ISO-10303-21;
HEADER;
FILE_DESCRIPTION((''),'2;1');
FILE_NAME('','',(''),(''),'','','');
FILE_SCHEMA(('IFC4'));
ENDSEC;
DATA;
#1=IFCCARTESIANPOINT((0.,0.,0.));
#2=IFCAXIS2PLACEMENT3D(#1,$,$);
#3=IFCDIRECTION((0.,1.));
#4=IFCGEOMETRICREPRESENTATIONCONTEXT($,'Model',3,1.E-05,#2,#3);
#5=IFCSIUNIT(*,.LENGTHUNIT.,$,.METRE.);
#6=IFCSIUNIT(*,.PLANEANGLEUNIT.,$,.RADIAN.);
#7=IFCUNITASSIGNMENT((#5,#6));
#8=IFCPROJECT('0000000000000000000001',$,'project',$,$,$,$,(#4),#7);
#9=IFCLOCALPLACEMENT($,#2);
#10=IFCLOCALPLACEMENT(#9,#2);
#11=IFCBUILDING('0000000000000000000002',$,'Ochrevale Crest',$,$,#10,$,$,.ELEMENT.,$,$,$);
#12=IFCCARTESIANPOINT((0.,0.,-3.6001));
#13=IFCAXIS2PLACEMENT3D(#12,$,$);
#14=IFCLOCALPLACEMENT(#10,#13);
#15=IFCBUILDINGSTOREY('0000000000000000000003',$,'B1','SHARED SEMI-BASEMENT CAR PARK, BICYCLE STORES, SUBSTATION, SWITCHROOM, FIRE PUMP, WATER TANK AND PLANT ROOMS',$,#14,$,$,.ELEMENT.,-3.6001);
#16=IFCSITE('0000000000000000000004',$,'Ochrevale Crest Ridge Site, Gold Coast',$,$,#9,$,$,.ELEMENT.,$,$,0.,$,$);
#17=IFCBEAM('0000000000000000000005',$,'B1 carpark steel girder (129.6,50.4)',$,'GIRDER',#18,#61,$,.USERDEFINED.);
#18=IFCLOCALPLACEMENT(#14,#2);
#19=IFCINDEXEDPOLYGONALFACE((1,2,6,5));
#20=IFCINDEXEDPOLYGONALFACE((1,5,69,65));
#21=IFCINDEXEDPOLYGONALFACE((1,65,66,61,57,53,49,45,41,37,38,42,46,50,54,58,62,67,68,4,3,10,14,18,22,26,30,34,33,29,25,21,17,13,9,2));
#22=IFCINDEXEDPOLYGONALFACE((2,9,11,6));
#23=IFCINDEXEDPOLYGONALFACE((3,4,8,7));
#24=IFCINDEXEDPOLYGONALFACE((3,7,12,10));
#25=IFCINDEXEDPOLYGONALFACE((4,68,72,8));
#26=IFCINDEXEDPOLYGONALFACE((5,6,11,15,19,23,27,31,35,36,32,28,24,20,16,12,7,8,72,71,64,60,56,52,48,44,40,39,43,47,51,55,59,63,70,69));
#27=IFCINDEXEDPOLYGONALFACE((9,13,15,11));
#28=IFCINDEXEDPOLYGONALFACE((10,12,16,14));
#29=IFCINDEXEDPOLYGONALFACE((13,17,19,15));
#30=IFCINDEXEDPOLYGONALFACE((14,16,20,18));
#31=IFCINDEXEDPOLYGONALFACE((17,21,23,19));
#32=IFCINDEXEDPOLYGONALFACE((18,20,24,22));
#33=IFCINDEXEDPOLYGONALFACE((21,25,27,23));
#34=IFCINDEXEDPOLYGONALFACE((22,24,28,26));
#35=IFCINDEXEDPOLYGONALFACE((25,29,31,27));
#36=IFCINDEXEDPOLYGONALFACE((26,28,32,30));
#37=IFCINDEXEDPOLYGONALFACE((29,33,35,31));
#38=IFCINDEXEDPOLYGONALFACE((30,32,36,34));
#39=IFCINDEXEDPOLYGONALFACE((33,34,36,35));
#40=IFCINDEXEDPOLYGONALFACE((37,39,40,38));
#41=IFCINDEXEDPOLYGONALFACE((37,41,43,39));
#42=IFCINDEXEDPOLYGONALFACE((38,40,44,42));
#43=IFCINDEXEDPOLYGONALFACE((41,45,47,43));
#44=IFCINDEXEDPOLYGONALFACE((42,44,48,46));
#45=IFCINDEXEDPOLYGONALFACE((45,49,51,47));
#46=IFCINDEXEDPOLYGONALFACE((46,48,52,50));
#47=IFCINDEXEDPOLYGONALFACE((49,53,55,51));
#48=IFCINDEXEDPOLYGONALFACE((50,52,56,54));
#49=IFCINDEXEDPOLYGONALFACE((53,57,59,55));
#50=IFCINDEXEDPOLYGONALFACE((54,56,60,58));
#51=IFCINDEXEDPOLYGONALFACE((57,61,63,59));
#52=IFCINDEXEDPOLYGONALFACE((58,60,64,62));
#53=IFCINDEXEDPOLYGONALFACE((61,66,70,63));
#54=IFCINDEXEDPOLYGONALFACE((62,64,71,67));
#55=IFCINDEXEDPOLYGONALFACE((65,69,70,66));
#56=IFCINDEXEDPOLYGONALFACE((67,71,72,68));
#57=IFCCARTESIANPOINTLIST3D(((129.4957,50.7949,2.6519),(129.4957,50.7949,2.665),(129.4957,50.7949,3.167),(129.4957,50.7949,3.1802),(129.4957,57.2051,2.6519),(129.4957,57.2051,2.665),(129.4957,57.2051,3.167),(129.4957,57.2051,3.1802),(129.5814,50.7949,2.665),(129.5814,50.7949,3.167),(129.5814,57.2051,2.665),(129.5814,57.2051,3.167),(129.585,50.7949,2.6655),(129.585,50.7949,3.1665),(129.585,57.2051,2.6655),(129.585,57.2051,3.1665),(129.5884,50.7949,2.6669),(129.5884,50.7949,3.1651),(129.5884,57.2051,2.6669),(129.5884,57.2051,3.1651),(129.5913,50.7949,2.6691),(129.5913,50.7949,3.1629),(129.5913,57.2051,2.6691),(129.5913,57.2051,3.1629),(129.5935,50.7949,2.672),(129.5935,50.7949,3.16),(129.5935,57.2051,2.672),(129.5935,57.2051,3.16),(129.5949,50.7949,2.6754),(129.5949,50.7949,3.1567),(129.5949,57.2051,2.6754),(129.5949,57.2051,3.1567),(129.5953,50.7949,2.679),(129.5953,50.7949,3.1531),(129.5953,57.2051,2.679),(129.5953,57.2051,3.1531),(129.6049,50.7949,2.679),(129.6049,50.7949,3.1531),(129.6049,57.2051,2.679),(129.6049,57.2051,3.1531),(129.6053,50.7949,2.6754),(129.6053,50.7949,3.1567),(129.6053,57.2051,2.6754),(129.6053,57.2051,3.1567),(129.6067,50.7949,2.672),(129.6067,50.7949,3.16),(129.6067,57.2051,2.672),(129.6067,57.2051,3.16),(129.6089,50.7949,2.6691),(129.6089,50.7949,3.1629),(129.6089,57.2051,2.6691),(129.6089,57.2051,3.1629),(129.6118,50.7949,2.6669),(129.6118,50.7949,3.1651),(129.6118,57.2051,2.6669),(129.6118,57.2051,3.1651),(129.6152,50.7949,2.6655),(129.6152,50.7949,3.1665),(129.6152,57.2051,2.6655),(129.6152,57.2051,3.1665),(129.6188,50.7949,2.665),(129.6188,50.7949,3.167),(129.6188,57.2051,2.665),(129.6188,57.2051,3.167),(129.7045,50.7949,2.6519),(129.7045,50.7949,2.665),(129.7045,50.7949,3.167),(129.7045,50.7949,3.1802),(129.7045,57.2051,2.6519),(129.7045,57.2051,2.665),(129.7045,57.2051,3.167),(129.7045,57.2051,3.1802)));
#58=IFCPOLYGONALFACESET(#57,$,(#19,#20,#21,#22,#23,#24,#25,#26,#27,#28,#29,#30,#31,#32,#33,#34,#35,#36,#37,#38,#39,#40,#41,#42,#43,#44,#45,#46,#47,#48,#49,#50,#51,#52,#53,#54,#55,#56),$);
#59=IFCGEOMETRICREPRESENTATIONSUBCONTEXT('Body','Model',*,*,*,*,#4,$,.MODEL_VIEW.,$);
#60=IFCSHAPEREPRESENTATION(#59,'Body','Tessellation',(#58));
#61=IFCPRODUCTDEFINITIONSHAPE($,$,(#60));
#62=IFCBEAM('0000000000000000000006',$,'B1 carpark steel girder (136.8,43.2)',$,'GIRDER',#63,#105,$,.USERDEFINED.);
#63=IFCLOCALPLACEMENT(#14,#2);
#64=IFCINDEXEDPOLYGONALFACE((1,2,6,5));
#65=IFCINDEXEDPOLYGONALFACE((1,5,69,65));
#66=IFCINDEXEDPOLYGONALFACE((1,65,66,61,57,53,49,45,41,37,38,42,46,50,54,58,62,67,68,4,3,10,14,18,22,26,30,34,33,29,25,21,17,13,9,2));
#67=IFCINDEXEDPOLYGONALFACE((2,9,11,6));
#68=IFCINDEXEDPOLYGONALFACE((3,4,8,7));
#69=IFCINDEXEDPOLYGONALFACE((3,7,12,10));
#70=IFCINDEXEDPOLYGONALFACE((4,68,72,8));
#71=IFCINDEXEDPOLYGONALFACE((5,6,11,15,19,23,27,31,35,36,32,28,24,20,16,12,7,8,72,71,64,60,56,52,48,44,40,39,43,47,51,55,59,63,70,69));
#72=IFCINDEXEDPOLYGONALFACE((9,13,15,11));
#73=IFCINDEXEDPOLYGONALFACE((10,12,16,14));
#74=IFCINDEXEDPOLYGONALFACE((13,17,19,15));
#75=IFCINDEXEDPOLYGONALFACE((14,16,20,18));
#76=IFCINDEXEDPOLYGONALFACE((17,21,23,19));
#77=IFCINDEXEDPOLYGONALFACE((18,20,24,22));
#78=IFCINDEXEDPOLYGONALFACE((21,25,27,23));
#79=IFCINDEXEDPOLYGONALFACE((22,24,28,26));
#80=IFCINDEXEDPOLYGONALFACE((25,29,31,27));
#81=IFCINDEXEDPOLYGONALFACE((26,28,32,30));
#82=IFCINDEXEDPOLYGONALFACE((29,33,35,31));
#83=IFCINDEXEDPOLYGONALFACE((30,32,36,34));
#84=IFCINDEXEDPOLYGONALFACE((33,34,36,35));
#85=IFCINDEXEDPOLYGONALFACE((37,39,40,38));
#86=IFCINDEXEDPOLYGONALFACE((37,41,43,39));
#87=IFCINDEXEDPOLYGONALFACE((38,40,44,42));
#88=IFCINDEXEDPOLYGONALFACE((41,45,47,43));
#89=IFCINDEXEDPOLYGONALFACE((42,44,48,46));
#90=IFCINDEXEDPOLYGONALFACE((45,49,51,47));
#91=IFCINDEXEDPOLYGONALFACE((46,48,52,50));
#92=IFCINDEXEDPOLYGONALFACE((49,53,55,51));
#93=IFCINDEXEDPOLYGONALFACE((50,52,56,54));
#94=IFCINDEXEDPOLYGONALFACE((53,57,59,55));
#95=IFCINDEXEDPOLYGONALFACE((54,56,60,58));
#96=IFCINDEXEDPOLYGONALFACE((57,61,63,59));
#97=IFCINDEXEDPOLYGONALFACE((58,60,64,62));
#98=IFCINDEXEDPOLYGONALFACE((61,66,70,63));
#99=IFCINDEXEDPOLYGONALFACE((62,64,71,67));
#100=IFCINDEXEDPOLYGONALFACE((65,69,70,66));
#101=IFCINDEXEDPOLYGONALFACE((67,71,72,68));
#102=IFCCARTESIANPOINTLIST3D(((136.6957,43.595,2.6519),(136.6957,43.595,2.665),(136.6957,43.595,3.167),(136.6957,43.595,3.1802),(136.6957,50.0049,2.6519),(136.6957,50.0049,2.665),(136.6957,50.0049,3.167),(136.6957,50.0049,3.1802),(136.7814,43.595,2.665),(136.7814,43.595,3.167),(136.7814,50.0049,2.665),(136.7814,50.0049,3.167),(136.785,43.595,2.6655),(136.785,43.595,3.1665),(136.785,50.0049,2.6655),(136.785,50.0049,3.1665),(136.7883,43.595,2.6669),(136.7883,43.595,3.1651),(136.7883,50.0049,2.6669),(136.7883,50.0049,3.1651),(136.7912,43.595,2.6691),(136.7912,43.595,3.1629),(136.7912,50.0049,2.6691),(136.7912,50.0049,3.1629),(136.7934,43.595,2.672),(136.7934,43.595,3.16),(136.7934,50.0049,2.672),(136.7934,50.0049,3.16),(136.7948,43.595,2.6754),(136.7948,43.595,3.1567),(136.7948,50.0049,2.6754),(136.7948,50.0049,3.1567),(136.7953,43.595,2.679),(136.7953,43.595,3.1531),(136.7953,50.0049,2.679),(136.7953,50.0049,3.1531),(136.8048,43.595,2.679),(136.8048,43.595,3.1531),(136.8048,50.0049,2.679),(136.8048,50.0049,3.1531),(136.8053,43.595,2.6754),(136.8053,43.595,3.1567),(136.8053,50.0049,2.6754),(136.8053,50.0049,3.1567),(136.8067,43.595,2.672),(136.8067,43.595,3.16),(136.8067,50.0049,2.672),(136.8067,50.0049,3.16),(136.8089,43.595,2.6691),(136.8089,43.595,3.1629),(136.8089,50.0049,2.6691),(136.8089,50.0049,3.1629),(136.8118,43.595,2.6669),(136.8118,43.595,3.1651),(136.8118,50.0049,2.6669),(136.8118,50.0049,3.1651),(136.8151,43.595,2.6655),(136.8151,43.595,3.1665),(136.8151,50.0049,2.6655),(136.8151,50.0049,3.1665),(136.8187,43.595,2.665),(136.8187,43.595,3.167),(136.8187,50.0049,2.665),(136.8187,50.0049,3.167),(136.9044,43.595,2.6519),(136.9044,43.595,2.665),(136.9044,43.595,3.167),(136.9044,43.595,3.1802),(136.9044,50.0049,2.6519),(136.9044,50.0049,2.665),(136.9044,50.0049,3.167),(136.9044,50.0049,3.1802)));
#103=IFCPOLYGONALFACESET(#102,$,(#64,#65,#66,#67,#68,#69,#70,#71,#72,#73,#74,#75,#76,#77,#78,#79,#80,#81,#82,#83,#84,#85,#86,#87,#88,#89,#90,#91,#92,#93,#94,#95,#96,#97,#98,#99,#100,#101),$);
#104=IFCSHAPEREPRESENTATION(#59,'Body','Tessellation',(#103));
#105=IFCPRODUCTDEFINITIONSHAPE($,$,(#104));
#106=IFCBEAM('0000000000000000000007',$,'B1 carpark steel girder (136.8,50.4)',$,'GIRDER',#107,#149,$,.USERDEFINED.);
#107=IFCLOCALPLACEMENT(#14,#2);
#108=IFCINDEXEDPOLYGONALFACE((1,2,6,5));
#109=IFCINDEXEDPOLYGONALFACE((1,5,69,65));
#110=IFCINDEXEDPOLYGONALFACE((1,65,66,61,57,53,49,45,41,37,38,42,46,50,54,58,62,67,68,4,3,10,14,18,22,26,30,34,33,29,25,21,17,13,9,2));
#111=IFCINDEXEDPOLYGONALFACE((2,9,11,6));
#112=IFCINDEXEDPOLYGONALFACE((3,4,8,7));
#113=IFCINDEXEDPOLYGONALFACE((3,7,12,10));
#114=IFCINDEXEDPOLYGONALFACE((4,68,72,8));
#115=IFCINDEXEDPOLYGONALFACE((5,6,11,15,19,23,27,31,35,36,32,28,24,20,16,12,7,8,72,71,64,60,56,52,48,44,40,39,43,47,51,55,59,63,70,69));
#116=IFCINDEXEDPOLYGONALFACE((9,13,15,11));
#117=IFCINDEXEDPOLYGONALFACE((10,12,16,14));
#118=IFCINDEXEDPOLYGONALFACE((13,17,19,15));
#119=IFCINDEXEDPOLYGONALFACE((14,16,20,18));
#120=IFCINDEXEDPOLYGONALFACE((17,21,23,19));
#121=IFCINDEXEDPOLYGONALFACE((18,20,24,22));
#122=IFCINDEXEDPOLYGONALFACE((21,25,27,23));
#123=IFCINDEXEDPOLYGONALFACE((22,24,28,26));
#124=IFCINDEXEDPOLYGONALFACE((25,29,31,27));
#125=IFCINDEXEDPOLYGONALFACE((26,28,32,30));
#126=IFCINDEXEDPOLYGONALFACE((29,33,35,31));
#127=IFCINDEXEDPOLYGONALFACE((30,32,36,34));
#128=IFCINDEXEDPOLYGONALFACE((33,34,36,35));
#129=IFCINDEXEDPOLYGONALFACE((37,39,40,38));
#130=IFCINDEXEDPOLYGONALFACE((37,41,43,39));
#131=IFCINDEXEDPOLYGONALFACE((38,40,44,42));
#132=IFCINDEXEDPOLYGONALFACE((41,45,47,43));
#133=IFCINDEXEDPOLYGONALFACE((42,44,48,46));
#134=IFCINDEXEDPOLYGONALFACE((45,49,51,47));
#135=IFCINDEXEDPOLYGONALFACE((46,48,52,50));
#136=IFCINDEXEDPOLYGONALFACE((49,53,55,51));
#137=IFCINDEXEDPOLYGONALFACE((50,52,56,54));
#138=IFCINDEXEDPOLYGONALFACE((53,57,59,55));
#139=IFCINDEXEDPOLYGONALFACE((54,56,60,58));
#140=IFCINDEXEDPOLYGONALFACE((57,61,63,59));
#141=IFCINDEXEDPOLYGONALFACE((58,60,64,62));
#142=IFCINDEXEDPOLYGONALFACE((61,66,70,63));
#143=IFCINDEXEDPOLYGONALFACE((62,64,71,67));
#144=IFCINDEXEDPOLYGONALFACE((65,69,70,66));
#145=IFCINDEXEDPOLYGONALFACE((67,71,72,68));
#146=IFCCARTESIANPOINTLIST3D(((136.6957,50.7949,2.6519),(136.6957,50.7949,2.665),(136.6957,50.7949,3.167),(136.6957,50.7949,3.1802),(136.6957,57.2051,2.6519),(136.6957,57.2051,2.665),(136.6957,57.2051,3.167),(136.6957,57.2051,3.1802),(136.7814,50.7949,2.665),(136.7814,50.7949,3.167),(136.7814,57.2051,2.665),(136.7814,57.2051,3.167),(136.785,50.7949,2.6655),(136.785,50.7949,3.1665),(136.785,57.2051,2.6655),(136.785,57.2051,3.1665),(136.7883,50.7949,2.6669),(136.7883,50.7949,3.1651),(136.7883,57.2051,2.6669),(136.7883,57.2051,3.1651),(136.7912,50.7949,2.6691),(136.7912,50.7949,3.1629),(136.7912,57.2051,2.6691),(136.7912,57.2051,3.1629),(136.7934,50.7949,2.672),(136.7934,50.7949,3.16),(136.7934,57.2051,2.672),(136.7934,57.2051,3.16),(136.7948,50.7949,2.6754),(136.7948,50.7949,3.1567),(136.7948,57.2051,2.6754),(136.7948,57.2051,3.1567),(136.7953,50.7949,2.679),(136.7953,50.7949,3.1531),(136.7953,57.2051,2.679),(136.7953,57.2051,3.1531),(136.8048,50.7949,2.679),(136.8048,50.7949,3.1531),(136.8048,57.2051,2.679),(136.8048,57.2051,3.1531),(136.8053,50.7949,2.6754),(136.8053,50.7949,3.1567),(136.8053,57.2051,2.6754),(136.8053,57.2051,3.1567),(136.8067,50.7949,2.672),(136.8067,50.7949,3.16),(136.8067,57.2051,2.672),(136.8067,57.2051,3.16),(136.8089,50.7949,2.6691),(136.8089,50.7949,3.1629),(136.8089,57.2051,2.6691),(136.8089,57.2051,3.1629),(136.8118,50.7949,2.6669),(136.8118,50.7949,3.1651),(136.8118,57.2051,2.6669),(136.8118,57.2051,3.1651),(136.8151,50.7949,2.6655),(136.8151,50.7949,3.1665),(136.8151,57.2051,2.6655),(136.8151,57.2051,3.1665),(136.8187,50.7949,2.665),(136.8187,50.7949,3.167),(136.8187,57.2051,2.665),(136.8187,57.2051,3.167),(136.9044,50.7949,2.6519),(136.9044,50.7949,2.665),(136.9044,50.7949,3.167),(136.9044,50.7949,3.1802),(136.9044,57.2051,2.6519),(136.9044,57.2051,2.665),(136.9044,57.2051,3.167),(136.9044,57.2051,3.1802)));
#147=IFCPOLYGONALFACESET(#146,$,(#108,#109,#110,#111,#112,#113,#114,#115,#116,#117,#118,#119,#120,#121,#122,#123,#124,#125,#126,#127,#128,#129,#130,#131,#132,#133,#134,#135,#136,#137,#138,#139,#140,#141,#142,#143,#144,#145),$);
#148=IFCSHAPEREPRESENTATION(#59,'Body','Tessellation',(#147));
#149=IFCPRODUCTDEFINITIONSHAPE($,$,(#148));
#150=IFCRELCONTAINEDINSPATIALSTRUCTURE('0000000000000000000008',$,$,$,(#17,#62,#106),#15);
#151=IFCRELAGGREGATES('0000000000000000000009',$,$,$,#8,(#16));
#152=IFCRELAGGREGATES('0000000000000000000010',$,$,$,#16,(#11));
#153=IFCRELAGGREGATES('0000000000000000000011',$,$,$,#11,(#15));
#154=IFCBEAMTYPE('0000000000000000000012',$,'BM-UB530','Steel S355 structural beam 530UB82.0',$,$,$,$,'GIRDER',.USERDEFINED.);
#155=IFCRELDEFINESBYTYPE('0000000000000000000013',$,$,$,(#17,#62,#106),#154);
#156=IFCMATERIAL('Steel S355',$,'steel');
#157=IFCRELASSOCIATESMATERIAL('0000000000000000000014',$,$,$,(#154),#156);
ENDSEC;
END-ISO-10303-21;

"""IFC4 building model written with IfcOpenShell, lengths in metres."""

from ifc_helpers import new_model, si_unit, direction, frame, origin, origin_2d, place, context, subcontext, project, spatial, i_section, extrude, material, material_profile, profile_set, type_object, element, save


model = new_model("IFC4")

# Units and contexts
model_context = context("Model", 3, precision=1e-05, world=origin(), true_north=direction((0.0, 1.0)))
body_context = subcontext(model_context, "Body", "Model", "MODEL_VIEW")
ifc_project = project(units=[si_unit("LENGTHUNIT", "METRE"), si_unit("PLANEANGLEUNIT", "RADIAN")], contexts=[model_context])

# Site, building, storey
site_placement = place(None, origin())
site = spatial("IfcSite", under=ifc_project, at=site_placement, Name="Ochrevale Crest Ridge Site, Gold Coast", CompositionType="ELEMENT", RefElevation=0.0)
building_placement = place(site_placement, origin())
building = spatial("IfcBuilding", under=site, at=building_placement, Name="Ochrevale Crest", CompositionType="ELEMENT")
storey_placement = place(building_placement, frame((0.0, 0.0, -3.6001)))
storey = spatial("IfcBuildingStorey", under=building, at=storey_placement, Name="B1", Description="SHARED SEMI-BASEMENT CAR PARK, BICYCLE STORES, SUBSTATION, SWITCHROOM, FIRE PUMP, WATER TANK AND PLANT ROOMS", CompositionType="ELEMENT", Elevation=-3.6001)

# Beams
ifc_material_1 = material(Name="Steel S355", Category="steel")
ifc_material_profile_1 = material_profile(ifc_material_1, i_section(OverallWidth=0.2087, OverallDepth=0.5283, WebThickness=0.0095, FlangeThickness=0.0132, FilletRadius=0.0139, at=origin_2d()), Name="530UB82.0")
ifc_profile_set_1 = profile_set([ifc_material_profile_1], Name="Steel S355")
beam_type_1 = type_object("IfcBeamType", Name="BM-UB530", Description="Steel S355 structural beam 530UB82.0", ElementType="GIRDER", PredefinedType="USERDEFINED", material=ifc_profile_set_1)
beam_1_placement = place(storey_placement, frame((129.6001, 50.7949, 2.916), z_axis=(0.0, 1.0, 0.0), x_axis=(-1.0, 0.0, 0.0)))
element("IfcBeam", 1, at=beam_1_placement, inside=storey, type_object=beam_type_1, Name="B1 carpark steel girder (129.6,50.4)", ObjectType="GIRDER", PredefinedType="USERDEFINED", context=body_context, shape_type="SweptSolid", body=[
    extrude(i_section(OverallWidth=0.2087, OverallDepth=0.5283, WebThickness=0.0095, FlangeThickness=0.0132, FilletRadius=0.0139, at=origin_2d()), origin(), (0.0, 0.0, 1.0), 6.4102),
])
beam_2_placement = place(storey_placement, frame((136.8, 43.595, 2.916), z_axis=(0.0, 1.0, 0.0), x_axis=(-1.0, 0.0, 0.0)))
element("IfcBeam", 2, at=beam_2_placement, inside=storey, type_object=beam_type_1, Name="B1 carpark steel girder (136.8,43.2)", ObjectType="GIRDER", PredefinedType="USERDEFINED", context=body_context, shape_type="SweptSolid", body=[
    extrude(i_section(OverallWidth=0.2087, OverallDepth=0.5283, WebThickness=0.0095, FlangeThickness=0.0132, FilletRadius=0.0139, at=origin_2d()), origin(), (0.0, 0.0, 1.0), 6.4099),
])
beam_3_placement = place(storey_placement, frame((136.8, 50.7949, 2.916), z_axis=(0.0, 1.0, 0.0), x_axis=(-1.0, 0.0, 0.0)))
element("IfcBeam", 3, at=beam_3_placement, inside=storey, type_object=beam_type_1, Name="B1 carpark steel girder (136.8,50.4)", ObjectType="GIRDER", PredefinedType="USERDEFINED", context=body_context, shape_type="SweptSolid", body=[
    extrude(i_section(OverallWidth=0.2087, OverallDepth=0.5283, WebThickness=0.0095, FlangeThickness=0.0132, FilletRadius=0.0139, at=origin_2d()), origin(), (0.0, 0.0, 1.0), 6.4102),
])

save(model, "model.ifc")
